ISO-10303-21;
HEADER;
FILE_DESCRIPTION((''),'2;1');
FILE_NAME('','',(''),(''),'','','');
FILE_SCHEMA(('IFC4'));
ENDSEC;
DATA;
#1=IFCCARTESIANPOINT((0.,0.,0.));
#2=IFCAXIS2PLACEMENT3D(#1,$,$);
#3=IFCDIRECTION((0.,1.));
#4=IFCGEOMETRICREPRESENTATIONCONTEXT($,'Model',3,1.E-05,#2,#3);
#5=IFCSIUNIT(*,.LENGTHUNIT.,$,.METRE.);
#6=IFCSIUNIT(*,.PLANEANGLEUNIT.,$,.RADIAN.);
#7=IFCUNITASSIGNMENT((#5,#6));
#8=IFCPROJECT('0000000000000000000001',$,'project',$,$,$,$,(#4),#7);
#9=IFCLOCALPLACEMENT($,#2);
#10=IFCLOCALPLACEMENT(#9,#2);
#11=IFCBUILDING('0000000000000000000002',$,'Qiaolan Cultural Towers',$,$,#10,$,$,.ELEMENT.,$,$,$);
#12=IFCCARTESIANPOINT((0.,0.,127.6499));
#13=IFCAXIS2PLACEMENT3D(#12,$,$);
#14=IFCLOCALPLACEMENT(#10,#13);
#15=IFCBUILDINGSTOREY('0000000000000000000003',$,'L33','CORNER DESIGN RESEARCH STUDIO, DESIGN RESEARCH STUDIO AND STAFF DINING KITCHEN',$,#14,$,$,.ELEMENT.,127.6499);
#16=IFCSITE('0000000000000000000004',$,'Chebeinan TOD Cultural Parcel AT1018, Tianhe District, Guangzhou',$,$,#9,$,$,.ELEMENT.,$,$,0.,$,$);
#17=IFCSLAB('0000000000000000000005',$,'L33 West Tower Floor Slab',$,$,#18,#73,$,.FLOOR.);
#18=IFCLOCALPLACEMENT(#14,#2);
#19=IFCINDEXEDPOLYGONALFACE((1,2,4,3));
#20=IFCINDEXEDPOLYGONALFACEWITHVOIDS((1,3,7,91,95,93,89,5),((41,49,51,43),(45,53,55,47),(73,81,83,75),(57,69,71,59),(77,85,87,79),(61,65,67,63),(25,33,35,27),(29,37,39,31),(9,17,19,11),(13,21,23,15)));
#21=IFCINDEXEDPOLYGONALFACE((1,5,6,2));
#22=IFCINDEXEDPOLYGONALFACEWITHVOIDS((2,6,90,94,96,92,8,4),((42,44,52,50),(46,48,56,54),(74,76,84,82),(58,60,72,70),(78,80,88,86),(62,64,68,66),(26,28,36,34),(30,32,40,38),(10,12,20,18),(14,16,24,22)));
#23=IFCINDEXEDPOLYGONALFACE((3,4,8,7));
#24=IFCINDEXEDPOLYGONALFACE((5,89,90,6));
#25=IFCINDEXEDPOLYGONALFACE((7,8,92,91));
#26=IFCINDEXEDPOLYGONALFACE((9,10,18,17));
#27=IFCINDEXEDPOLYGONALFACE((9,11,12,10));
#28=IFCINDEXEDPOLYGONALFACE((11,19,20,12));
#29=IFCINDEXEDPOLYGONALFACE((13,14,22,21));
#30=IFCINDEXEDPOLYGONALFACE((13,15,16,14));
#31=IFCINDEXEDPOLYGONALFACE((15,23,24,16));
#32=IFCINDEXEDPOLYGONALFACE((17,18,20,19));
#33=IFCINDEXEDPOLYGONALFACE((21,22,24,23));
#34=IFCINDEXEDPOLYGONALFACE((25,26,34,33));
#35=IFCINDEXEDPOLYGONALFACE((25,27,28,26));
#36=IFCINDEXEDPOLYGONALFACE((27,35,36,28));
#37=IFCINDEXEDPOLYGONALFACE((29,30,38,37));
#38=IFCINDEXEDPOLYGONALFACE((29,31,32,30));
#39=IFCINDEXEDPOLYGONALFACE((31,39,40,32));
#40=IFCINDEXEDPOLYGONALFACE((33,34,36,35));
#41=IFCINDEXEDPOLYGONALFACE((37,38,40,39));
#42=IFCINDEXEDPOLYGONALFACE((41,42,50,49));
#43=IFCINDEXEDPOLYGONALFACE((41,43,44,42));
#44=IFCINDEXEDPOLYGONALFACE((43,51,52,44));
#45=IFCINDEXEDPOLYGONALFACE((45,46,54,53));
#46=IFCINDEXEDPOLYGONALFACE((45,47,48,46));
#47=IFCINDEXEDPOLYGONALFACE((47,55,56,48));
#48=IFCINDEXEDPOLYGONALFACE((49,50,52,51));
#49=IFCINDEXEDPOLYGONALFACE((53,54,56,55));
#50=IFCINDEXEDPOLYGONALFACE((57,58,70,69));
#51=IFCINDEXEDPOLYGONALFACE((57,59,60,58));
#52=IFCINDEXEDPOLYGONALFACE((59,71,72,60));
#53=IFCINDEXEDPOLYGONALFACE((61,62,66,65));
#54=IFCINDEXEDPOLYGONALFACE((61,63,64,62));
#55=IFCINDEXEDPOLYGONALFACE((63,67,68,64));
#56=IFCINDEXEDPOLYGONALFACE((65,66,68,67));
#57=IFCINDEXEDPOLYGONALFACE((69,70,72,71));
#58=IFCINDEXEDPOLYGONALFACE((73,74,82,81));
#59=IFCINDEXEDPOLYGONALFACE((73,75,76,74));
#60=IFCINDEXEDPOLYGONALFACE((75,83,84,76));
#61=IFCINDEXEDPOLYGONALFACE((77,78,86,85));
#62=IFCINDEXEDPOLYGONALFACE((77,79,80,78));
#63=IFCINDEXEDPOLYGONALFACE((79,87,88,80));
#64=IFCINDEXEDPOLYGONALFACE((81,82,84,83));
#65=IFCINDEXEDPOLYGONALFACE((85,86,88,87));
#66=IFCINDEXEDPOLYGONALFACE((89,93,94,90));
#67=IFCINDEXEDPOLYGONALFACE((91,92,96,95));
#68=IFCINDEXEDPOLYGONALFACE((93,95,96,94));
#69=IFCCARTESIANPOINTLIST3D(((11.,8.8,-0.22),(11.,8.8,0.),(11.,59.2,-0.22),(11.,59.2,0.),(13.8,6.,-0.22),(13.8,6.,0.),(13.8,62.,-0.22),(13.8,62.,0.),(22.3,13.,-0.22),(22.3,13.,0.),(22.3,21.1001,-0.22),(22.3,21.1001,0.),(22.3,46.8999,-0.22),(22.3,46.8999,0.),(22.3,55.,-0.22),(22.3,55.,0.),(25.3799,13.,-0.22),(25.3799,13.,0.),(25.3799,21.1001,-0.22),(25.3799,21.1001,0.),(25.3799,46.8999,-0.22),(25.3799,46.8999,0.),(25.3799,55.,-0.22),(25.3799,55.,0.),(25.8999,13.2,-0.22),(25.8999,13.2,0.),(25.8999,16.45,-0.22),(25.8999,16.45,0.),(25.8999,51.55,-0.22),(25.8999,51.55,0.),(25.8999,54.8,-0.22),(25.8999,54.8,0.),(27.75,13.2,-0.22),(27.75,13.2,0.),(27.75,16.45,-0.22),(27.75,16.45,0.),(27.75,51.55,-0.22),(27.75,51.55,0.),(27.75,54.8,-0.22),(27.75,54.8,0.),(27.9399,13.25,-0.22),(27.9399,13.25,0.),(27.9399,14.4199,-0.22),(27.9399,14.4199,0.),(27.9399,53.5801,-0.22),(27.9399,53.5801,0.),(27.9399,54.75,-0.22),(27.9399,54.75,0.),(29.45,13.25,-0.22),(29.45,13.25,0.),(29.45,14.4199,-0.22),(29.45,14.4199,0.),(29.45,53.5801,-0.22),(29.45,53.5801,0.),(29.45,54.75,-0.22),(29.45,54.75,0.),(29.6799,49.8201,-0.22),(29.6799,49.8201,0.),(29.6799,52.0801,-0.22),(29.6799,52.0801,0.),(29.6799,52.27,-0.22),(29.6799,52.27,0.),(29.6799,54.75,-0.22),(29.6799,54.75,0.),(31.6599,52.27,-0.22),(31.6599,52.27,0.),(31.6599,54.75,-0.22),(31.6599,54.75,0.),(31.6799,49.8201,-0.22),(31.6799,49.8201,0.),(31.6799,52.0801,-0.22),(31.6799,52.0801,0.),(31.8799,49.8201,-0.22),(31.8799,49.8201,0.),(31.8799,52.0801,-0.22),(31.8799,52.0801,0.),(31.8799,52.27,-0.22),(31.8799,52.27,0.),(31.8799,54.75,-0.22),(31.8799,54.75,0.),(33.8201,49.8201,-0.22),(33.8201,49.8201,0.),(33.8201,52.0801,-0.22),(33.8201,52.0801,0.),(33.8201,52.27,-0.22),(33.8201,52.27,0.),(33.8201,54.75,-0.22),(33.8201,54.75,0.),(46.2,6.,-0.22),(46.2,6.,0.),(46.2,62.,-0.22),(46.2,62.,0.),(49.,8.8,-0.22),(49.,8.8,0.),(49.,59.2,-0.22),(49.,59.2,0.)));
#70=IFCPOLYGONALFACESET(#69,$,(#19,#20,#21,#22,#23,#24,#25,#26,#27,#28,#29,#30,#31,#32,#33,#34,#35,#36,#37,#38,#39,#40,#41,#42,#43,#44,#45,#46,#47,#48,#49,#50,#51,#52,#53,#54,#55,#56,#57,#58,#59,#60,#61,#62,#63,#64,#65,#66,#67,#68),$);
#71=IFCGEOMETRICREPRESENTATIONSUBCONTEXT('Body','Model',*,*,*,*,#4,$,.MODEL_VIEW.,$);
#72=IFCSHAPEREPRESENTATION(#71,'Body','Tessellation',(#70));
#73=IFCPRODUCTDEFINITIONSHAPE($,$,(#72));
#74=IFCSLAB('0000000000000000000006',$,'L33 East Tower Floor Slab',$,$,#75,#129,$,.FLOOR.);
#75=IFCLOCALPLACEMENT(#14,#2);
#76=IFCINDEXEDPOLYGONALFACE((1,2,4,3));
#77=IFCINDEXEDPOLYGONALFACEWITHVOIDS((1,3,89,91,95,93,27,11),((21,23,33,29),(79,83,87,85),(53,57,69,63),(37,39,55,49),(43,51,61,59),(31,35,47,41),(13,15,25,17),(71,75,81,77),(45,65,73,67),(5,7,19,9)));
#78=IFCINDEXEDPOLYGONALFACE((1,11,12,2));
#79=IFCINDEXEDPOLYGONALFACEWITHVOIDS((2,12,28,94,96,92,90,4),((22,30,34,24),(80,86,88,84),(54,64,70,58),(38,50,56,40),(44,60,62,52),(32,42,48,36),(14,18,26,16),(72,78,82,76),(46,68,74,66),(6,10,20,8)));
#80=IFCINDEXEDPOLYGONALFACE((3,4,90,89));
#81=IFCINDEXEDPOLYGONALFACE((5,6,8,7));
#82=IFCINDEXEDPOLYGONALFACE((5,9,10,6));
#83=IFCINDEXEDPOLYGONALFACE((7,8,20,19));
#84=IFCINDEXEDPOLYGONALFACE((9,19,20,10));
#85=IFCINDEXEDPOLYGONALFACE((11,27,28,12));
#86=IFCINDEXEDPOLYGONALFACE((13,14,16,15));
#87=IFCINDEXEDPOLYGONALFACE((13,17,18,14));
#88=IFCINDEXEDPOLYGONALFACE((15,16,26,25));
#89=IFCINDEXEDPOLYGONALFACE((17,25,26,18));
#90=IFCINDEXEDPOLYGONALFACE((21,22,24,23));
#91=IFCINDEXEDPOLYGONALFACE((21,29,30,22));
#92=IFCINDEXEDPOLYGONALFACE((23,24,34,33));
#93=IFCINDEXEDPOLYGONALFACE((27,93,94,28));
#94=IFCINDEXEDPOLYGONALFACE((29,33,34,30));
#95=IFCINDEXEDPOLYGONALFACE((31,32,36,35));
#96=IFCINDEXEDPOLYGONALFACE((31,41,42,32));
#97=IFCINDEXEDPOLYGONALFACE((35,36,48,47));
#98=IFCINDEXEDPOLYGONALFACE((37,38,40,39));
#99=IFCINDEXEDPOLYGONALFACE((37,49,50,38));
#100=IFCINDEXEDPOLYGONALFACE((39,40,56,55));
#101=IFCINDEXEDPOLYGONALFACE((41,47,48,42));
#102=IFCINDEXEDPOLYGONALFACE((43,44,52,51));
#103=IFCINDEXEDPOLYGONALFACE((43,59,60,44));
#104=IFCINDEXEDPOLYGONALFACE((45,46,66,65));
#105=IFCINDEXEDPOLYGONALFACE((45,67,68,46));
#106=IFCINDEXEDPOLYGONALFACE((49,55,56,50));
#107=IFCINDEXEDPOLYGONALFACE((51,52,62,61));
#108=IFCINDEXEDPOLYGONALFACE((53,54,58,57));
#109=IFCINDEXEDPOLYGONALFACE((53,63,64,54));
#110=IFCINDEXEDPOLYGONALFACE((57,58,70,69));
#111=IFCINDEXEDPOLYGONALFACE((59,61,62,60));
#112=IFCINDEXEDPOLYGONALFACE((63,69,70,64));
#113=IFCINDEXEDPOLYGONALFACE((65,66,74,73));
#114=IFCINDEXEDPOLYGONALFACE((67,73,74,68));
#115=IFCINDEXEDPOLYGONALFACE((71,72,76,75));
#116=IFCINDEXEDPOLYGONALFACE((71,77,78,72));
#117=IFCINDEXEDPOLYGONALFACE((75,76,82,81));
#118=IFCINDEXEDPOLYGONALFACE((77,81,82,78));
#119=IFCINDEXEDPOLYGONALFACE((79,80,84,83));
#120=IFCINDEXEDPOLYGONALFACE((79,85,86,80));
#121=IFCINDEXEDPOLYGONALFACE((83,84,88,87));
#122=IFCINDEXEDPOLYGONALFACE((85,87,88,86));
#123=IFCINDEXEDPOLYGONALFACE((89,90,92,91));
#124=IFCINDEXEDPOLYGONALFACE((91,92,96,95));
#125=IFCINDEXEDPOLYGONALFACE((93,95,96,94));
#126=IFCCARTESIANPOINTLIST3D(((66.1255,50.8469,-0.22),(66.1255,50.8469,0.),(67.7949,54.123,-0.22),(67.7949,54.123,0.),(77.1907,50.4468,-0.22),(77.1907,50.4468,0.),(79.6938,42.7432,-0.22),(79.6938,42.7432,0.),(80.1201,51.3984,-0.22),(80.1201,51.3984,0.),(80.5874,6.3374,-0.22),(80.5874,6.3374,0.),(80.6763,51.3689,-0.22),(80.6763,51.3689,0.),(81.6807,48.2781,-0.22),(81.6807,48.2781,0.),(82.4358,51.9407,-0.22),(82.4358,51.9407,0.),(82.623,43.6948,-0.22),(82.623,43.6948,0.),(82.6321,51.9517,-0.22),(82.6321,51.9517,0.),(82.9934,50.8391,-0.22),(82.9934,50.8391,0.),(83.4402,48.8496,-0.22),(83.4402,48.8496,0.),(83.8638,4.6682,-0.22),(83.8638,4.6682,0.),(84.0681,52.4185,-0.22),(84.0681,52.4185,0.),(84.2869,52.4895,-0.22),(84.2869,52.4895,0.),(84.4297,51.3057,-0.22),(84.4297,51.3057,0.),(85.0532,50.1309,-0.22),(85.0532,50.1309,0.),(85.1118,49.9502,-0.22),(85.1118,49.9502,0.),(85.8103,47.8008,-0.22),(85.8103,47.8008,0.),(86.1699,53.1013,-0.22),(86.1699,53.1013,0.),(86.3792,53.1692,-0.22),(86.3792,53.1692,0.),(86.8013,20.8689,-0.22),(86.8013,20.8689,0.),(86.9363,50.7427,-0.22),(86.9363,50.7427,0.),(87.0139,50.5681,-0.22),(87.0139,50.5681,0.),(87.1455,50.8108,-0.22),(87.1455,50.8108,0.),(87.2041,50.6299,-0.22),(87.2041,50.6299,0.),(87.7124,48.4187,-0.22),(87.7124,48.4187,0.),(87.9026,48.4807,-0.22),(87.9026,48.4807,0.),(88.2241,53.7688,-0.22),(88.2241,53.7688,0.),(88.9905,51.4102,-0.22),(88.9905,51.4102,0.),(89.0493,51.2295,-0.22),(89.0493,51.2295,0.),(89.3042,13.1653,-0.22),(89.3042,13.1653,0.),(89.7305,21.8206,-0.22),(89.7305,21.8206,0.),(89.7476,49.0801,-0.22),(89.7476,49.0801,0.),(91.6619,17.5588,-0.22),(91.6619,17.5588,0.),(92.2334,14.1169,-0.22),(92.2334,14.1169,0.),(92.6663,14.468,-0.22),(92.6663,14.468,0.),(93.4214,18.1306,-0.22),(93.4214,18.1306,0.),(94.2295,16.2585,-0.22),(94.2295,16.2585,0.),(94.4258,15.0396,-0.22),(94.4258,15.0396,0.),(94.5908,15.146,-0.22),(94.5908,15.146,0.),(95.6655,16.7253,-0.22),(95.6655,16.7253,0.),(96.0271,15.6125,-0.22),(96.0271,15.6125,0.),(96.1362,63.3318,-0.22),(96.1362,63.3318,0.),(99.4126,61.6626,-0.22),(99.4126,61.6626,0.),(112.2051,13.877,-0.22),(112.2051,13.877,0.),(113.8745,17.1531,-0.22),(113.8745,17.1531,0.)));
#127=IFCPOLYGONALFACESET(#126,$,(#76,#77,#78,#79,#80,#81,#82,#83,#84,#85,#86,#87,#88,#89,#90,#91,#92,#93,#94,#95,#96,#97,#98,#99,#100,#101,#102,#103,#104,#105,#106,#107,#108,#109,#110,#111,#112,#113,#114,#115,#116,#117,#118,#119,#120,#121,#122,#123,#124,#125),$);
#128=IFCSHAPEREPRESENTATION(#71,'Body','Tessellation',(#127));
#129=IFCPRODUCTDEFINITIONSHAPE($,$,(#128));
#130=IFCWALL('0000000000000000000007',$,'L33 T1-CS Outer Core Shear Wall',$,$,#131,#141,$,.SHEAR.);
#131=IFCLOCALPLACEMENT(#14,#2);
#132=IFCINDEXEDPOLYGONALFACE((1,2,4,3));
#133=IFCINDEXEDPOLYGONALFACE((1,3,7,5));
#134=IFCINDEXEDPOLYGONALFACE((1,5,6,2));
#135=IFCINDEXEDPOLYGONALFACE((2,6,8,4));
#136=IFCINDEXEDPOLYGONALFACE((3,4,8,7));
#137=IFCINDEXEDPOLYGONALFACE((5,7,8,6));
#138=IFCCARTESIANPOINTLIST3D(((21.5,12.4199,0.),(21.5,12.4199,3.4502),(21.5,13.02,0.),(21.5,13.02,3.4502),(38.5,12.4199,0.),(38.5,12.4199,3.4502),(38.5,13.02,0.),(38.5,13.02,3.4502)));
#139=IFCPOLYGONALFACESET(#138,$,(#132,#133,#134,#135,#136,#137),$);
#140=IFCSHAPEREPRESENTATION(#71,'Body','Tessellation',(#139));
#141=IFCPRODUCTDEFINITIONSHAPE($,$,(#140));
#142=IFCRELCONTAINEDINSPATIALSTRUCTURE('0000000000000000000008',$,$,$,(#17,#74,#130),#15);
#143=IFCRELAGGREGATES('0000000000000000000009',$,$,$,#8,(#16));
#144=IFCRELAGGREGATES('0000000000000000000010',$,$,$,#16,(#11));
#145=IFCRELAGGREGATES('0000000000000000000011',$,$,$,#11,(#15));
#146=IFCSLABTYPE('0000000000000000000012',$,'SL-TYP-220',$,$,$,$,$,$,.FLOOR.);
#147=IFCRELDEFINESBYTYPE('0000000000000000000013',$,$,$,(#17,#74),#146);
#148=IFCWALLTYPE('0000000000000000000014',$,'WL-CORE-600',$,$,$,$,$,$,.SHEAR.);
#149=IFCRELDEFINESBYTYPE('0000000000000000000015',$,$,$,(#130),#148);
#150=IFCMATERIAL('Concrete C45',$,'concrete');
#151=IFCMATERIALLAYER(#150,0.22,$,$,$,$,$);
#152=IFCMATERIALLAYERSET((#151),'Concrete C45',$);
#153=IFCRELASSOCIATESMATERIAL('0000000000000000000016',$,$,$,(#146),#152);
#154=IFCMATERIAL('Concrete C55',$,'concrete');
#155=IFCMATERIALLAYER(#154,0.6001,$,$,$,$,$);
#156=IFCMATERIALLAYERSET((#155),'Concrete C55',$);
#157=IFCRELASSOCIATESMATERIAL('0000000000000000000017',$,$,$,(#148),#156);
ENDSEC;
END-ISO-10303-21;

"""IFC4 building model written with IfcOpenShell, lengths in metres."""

from ifc_helpers import new_model, si_unit, direction, frame, frame_2d, origin, place, context, subcontext, project, spatial, polyline, rectangle, outline, extrude, material, layer, layer_set, type_object, element, save


model = new_model("IFC4")

# Units and contexts
model_context = context("Model", 3, precision=1e-05, world=origin(), true_north=direction((0.0, 1.0)))
body_context = subcontext(model_context, "Body", "Model", "MODEL_VIEW")
ifc_project = project(units=[si_unit("LENGTHUNIT", "METRE"), si_unit("PLANEANGLEUNIT", "RADIAN")], contexts=[model_context])

# Site, building, storey
site_placement = place(None, origin())
site = spatial("IfcSite", under=ifc_project, at=site_placement, Name="Chebeinan TOD Cultural Parcel AT1018, Tianhe District, Guangzhou", CompositionType="ELEMENT", RefElevation=0.0)
building_placement = place(site_placement, origin())
building = spatial("IfcBuilding", under=site, at=building_placement, Name="Qiaolan Cultural Towers", CompositionType="ELEMENT")
storey_placement = place(building_placement, frame((0.0, 0.0, 127.6499)))
storey = spatial("IfcBuildingStorey", under=building, at=storey_placement, Name="L33", Description="CORNER DESIGN RESEARCH STUDIO, DESIGN RESEARCH STUDIO AND STAFF DINING KITCHEN", CompositionType="ELEMENT", Elevation=127.6499)

# Slabs
ifc_material_1 = material(Name="Concrete C45", Category="concrete")
ifc_layer_1 = layer(ifc_material_1, 0.22)
ifc_layer_set_1 = layer_set([ifc_layer_1], Name="Concrete C45")
slab_type_1 = type_object("IfcSlabType", Name="SL-TYP-220", PredefinedType="FLOOR", material=ifc_layer_set_1)
slab_1_placement = place(storey_placement, frame((0.0, 0.0, -0.22)))
element("IfcSlab", 1, at=slab_1_placement, inside=storey, type_object=slab_type_1, Name="L33 West Tower Floor Slab", PredefinedType="FLOOR", context=body_context, shape_type="SweptSolid", body=[
    extrude(outline(polyline([(13.8, 6.0), (46.2, 6.0), (49.0, 8.8), (49.0, 59.2), (46.2, 62.0), (13.8, 62.0), (11.0, 59.2), (11.0, 8.8), (13.8, 6.0)]), holes=[polyline([(22.3, 21.1001), (22.3, 13.0), (25.3799, 13.0), (25.3799, 21.1001), (22.3, 21.1001)]), polyline([(25.3799, 46.8999), (25.3799, 55.0), (22.3, 55.0), (22.3, 46.8999), (25.3799, 46.8999)]), polyline([(25.8999, 13.2), (27.75, 13.2), (27.75, 16.45), (25.8999, 16.45), (25.8999, 13.2)]), polyline([(27.9399, 13.25), (29.45, 13.25), (29.45, 14.4199), (27.9399, 14.4199), (27.9399, 13.25)]), polyline([(25.8999, 51.55), (27.75, 51.55), (27.75, 54.8), (25.8999, 54.8), (25.8999, 51.55)]), polyline([(27.9399, 53.5801), (29.45, 53.5801), (29.45, 54.75), (27.9399, 54.75), (27.9399, 53.5801)]), polyline([(29.6799, 49.8201), (31.6799, 49.8201), (31.6799, 52.0801), (29.6799, 52.0801), (29.6799, 49.8201)]), polyline([(31.8799, 49.8201), (33.8201, 49.8201), (33.8201, 52.0801), (31.8799, 52.0801), (31.8799, 49.8201)]), polyline([(29.6799, 52.27), (31.6599, 52.27), (31.6599, 54.75), (29.6799, 54.75), (29.6799, 52.27)]), polyline([(31.8799, 52.27), (33.8201, 52.27), (33.8201, 54.75), (31.8799, 54.75), (31.8799, 52.27)])]), origin(), (0.0, 0.0, 1.0), 0.22),
])
slab_2_placement = place(storey_placement, frame((0.0, 0.0, -0.22)))
element("IfcSlab", 2, at=slab_2_placement, inside=storey, type_object=slab_type_1, Name="L33 East Tower Floor Slab", PredefinedType="FLOOR", context=body_context, shape_type="SweptSolid", body=[
    extrude(outline(polyline([(83.8638, 4.6682), (112.2051, 13.877), (113.8745, 17.1531), (99.4126, 61.6626), (96.1362, 63.3318), (67.7949, 54.123), (66.1255, 50.8469), (80.5874, 6.3374), (83.8638, 4.6682)]), holes=[polyline([(86.8013, 20.8689), (89.3042, 13.1653), (92.2334, 14.1169), (89.7305, 21.8206), (86.8013, 20.8689)]), polyline([(82.623, 43.6948), (80.1201, 51.3984), (77.1907, 50.4468), (79.6938, 42.7432), (82.623, 43.6948)]), polyline([(92.6663, 14.468), (94.4258, 15.0396), (93.4214, 18.1306), (91.6619, 17.5588), (92.6663, 14.468)]), polyline([(94.5908, 15.146), (96.0271, 15.6125), (95.6655, 16.7253), (94.2295, 16.2585), (94.5908, 15.146)]), polyline([(81.6807, 48.2781), (83.4402, 48.8496), (82.4358, 51.9407), (80.6763, 51.3689), (81.6807, 48.2781)]), polyline([(82.9934, 50.8391), (84.4297, 51.3057), (84.0681, 52.4185), (82.6321, 51.9517), (82.9934, 50.8391)]), polyline([(85.8103, 47.8008), (87.7124, 48.4187), (87.0139, 50.5681), (85.1118, 49.9502), (85.8103, 47.8008)]), polyline([(87.9026, 48.4807), (89.7476, 49.0801), (89.0493, 51.2295), (87.2041, 50.6299), (87.9026, 48.4807)]), polyline([(85.0532, 50.1309), (86.9363, 50.7427), (86.1699, 53.1013), (84.2869, 52.4895), (85.0532, 50.1309)]), polyline([(87.1455, 50.8108), (88.9905, 51.4102), (88.2241, 53.7688), (86.3792, 53.1692), (87.1455, 50.8108)])]), origin(), (0.0, 0.0, 1.0), 0.22),
])

# Wall
ifc_material_2 = material(Name="Concrete C55", Category="concrete")
ifc_layer_2 = layer(ifc_material_2, 0.6001)
ifc_layer_set_2 = layer_set([ifc_layer_2], Name="Concrete C55")
wall_type_1 = type_object("IfcWallType", Name="WL-CORE-600", PredefinedType="SHEAR", material=ifc_layer_set_2)
wall_1_placement = place(storey_placement, frame((21.5, 12.72, 0.0), z_axis=(0.0, 0.0, 1.0), x_axis=(1.0, 0.0, 0.0)))
element("IfcWall", 3, at=wall_1_placement, inside=storey, type_object=wall_type_1, Name="L33 T1-CS Outer Core Shear Wall", PredefinedType="SHEAR", context=body_context, shape_type="SweptSolid", body=[
    extrude(rectangle(XDim=17.0, YDim=0.6001, at=frame_2d((8.5, 0.0))), origin(), (0.0, 0.0, 1.0), 3.4502),
])

save(model, "model.ifc")
